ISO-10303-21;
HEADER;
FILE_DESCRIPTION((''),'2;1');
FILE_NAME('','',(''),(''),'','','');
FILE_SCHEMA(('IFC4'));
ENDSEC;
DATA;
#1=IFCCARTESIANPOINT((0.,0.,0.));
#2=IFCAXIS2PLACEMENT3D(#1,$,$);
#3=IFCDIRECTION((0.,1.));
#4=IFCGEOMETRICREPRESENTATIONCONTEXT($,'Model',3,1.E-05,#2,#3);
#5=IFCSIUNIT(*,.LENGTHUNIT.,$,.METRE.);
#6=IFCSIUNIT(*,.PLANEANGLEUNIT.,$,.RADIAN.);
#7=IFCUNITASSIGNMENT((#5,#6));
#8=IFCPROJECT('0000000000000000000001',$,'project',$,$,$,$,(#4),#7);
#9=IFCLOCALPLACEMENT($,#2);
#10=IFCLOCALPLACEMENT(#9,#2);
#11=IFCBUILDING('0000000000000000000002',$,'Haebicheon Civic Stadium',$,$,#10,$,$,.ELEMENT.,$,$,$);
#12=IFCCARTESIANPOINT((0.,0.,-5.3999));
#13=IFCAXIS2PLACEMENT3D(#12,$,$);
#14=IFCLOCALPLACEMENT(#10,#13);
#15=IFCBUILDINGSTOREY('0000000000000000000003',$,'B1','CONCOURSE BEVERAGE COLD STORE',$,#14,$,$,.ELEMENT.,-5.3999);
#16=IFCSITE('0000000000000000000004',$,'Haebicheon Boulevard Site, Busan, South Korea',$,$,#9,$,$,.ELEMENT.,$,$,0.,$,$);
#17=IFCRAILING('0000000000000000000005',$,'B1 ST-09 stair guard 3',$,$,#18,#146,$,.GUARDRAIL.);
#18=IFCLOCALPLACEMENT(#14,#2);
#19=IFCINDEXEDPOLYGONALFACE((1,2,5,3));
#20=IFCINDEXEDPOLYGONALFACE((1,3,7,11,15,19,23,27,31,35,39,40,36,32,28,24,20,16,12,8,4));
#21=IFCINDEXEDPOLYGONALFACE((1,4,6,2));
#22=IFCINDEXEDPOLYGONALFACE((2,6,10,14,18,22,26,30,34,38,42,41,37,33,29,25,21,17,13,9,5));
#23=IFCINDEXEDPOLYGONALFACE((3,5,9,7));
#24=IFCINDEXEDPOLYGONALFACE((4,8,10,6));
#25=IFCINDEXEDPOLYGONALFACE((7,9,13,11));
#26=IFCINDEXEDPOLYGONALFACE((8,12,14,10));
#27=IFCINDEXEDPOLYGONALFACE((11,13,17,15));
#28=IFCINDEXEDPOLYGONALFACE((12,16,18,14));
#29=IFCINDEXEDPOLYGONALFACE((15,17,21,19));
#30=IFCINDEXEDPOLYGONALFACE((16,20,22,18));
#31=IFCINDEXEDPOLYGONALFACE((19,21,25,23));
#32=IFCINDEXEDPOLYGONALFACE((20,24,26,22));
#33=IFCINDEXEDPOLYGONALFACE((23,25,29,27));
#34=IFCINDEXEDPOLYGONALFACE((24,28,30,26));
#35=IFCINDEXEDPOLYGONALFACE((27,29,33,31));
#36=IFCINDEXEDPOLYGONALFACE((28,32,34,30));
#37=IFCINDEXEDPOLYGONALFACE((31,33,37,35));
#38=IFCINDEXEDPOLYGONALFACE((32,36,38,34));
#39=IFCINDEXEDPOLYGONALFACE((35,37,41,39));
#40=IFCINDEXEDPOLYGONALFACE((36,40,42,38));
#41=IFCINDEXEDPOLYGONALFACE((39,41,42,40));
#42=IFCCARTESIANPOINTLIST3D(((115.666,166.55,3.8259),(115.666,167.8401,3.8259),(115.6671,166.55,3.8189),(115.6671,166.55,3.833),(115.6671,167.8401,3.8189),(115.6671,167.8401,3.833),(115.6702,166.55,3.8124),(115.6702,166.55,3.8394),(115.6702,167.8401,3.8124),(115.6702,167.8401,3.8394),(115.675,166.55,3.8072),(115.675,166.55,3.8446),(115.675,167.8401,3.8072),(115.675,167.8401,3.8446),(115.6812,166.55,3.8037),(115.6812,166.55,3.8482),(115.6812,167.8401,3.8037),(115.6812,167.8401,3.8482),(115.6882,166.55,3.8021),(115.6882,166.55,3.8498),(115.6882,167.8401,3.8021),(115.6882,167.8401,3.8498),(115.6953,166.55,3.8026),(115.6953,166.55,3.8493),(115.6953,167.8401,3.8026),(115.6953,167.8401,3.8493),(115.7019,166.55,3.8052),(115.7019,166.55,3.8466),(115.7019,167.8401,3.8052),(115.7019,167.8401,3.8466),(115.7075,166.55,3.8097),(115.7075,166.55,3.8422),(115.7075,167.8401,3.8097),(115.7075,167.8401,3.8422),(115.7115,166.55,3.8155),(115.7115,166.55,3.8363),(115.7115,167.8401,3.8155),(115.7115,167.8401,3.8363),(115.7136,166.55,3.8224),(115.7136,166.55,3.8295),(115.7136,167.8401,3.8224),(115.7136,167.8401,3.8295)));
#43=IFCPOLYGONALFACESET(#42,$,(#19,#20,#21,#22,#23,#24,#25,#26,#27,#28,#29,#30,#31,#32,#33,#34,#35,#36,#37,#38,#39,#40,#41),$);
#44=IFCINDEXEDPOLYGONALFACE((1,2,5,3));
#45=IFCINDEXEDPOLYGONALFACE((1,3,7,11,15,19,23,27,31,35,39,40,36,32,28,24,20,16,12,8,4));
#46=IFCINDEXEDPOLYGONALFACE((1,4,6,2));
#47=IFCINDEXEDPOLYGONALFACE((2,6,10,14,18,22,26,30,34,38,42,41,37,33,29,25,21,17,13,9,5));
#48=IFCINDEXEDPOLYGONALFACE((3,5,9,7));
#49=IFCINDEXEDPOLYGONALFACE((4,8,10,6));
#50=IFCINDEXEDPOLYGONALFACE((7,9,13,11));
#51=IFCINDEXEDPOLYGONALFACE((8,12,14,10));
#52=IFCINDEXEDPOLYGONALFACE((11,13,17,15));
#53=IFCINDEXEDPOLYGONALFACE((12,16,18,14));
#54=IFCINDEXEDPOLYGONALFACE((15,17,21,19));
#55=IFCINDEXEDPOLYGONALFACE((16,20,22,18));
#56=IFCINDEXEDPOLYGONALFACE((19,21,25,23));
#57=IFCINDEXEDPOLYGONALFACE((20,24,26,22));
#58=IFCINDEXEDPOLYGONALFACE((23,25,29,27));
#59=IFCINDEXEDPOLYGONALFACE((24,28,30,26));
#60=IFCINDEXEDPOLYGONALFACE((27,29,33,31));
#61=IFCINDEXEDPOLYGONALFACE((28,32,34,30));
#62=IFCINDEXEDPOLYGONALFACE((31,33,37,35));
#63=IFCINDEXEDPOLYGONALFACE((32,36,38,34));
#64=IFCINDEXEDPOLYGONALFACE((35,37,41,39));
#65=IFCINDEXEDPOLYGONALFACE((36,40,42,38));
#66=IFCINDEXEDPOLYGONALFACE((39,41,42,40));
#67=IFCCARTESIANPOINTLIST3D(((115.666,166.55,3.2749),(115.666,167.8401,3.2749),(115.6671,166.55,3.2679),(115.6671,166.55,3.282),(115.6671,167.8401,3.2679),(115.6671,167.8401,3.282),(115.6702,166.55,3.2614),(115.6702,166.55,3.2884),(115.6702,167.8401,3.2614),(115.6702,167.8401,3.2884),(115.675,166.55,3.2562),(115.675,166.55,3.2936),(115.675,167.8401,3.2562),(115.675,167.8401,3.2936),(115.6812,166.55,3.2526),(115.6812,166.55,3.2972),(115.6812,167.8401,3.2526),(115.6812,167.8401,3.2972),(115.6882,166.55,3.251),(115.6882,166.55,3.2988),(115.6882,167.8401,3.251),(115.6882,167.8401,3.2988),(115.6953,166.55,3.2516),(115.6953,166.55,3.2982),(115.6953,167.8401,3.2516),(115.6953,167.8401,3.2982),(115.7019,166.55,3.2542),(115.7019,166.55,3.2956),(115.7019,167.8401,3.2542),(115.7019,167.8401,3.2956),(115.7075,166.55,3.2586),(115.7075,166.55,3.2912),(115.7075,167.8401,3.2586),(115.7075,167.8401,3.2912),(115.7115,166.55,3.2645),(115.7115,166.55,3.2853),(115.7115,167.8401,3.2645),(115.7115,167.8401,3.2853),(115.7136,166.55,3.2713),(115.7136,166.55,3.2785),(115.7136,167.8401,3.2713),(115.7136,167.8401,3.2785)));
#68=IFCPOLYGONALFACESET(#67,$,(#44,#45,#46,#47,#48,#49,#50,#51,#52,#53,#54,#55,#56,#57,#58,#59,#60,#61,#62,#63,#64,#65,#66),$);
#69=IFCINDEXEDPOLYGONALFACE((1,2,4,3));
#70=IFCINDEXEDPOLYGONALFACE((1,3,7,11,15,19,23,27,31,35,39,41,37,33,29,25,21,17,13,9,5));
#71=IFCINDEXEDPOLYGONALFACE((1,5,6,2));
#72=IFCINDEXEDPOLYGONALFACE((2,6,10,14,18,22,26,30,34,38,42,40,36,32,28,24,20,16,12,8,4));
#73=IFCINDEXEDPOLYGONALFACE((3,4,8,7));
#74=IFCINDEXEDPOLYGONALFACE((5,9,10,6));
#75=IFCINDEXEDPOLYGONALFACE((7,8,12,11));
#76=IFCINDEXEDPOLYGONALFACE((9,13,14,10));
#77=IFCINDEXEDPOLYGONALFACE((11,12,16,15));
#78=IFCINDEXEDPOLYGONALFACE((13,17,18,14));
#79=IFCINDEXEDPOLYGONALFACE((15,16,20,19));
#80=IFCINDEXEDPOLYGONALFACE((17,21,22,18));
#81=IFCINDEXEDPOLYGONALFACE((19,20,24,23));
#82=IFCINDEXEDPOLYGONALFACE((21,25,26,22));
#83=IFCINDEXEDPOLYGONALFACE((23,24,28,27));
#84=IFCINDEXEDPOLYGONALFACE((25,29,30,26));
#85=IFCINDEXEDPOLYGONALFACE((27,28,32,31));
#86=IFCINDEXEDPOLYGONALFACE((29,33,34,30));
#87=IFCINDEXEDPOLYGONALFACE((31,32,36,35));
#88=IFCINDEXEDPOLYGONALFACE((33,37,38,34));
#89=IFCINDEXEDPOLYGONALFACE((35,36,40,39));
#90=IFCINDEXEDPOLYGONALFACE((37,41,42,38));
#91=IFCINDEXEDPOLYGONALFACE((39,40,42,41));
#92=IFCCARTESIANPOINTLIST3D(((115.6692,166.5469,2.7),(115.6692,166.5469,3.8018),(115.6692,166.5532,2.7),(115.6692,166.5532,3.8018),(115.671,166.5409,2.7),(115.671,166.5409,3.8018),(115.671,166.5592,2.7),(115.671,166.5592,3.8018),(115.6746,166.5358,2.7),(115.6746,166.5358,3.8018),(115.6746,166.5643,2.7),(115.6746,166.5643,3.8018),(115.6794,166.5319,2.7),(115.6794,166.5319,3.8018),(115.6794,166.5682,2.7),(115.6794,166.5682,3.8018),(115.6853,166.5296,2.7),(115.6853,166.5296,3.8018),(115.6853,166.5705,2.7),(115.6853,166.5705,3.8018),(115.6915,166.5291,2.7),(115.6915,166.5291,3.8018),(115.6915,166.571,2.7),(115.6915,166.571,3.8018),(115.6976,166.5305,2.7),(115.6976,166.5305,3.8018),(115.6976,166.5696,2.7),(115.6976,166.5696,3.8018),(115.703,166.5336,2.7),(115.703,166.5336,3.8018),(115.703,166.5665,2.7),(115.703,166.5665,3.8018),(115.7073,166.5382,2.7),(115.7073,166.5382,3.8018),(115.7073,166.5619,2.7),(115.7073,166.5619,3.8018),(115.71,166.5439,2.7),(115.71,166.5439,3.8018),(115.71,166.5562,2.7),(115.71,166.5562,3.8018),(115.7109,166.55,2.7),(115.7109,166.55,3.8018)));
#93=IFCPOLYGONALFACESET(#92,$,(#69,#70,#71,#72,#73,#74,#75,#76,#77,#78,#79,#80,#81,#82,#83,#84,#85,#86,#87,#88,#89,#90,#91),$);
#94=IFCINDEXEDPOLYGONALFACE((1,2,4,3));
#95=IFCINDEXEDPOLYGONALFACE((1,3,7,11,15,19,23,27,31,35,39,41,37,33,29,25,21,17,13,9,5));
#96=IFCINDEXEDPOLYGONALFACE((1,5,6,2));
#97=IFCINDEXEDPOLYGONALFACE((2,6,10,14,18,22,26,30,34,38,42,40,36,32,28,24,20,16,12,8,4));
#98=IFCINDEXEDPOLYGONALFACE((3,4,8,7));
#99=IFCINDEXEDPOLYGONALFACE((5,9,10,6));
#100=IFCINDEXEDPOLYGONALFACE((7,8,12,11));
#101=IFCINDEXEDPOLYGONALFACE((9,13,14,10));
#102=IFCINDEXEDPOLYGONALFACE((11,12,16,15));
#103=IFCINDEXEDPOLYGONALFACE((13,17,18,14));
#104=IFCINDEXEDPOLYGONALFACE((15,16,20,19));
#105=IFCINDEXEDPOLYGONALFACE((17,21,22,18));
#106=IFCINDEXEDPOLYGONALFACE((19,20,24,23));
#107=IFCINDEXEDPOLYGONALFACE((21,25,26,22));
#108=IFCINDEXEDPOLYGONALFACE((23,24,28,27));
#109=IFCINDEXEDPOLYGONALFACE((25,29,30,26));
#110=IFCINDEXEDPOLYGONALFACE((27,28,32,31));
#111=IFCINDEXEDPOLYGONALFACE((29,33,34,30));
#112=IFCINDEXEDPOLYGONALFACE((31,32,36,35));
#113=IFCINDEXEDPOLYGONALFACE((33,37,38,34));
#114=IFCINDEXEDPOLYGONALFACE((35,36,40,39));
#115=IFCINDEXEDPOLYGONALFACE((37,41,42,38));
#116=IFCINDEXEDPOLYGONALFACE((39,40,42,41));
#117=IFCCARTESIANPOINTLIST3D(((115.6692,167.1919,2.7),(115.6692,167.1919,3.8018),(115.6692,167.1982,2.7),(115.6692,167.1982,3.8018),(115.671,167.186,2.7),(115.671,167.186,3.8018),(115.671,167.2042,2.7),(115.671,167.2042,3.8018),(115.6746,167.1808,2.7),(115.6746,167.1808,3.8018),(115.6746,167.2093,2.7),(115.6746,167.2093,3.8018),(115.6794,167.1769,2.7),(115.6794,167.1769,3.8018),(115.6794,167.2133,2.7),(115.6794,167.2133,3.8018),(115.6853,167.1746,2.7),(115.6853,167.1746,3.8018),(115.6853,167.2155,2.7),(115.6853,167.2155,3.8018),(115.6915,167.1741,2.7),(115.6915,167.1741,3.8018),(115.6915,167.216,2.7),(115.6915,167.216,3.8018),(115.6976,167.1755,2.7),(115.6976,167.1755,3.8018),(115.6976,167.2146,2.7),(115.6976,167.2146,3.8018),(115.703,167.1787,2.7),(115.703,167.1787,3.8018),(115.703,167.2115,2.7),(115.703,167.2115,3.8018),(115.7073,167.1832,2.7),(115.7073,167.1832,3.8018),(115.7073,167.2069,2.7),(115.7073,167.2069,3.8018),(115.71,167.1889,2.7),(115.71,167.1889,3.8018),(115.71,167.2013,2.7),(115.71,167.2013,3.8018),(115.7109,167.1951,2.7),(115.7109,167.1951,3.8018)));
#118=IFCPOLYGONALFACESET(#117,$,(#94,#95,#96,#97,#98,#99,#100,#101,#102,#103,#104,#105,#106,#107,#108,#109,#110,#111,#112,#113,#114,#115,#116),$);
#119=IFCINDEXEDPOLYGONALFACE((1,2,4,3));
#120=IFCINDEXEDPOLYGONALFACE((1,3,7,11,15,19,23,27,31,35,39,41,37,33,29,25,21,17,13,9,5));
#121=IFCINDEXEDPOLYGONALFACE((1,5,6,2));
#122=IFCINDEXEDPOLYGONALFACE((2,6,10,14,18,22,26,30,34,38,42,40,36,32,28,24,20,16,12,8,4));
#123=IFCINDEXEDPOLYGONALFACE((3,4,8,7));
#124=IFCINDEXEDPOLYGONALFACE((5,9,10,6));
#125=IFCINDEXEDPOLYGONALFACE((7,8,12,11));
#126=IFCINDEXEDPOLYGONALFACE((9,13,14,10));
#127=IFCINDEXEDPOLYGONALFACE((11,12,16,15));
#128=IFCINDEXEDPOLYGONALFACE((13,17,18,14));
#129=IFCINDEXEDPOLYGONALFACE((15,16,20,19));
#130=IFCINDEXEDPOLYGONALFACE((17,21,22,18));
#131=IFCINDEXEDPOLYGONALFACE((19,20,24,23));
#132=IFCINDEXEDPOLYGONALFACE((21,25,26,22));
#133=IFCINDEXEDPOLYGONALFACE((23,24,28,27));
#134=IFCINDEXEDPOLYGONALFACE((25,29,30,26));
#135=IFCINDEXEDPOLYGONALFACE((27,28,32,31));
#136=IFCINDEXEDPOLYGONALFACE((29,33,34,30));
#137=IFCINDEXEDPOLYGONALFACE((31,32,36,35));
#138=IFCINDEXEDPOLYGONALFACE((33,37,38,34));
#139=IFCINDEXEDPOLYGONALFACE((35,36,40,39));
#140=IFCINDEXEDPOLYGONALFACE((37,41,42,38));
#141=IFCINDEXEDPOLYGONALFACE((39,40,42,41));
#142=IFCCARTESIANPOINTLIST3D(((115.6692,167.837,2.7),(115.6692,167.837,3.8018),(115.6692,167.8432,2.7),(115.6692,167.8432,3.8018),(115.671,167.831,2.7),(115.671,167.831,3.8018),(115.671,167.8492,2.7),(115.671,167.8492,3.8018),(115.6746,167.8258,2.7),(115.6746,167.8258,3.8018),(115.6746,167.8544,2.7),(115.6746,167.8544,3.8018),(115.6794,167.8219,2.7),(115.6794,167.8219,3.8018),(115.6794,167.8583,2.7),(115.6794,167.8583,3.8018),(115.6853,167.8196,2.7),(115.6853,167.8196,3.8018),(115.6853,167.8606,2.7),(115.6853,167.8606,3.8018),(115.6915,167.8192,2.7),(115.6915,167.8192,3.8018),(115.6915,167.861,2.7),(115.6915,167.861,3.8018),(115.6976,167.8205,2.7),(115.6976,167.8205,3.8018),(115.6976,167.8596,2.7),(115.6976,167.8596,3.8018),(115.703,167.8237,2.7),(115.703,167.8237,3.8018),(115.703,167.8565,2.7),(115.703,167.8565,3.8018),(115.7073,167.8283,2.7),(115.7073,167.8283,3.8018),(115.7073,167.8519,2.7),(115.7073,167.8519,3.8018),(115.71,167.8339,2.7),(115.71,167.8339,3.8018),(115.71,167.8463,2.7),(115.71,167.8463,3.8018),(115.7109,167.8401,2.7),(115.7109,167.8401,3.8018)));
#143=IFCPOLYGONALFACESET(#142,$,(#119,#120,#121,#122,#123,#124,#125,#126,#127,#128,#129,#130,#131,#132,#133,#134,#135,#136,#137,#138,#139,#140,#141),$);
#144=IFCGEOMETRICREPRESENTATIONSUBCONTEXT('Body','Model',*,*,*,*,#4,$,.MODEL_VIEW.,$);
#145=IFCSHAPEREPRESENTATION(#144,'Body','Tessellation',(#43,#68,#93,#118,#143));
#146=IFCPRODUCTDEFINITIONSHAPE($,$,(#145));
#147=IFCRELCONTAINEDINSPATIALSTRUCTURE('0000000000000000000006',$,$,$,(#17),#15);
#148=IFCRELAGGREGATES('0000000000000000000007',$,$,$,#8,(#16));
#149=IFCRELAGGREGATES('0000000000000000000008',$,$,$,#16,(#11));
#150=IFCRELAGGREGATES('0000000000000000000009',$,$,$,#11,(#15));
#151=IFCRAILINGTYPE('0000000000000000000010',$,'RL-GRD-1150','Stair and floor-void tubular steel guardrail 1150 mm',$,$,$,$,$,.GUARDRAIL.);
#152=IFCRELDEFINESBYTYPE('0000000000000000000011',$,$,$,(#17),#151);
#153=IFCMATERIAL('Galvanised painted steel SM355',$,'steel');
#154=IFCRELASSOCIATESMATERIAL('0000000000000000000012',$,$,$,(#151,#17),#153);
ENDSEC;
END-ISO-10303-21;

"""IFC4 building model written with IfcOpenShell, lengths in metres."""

from ifc_helpers import new_model, si_unit, direction, frame, origin, origin_2d, place, context, subcontext, project, spatial, circle, extrude, material, type_object, element, save


model = new_model("IFC4")

# Units and contexts
model_context = context("Model", 3, precision=1e-05, world=origin(), true_north=direction((0.0, 1.0)))
body_context = subcontext(model_context, "Body", "Model", "MODEL_VIEW")
ifc_project = project(units=[si_unit("LENGTHUNIT", "METRE"), si_unit("PLANEANGLEUNIT", "RADIAN")], contexts=[model_context])

# Site, building, storey
site_placement = place(None, origin())
site = spatial("IfcSite", under=ifc_project, at=site_placement, Name="Haebicheon Boulevard Site, Busan, South Korea", CompositionType="ELEMENT", RefElevation=0.0)
building_placement = place(site_placement, origin())
building = spatial("IfcBuilding", under=site, at=building_placement, Name="Haebicheon Civic Stadium", CompositionType="ELEMENT")
storey_placement = place(building_placement, frame((0.0, 0.0, -5.3999)))
storey = spatial("IfcBuildingStorey", under=building, at=storey_placement, Name="B1", Description="CONCOURSE BEVERAGE COLD STORE", CompositionType="ELEMENT", Elevation=-5.3999)

# Railing
ifc_material_1 = material(Name="Galvanised painted steel SM355", Category="steel")
railing_type = type_object("IfcRailingType", Name="RL-GRD-1150", Description="Stair and floor-void tubular steel guardrail 1150 mm", PredefinedType="GUARDRAIL", material=ifc_material_1)
railing_1_placement = place(storey_placement, frame((115.6899, 166.55, 2.7)))
element("IfcRailing", 1, at=railing_1_placement, inside=storey, type_object=railing_type, material=ifc_material_1, Name="B1 ST-09 stair guard 3", PredefinedType="GUARDRAIL", context=body_context, shape_type="SweptSolid", body=[
    extrude(circle(Radius=0.0239, at=origin_2d()), frame((0.0, 0.0, 1.126), z_axis=(0.0, 1.0, 0.0), x_axis=(-1.0, 0.0, 0.0)), (0.0, 0.0, 1.0), 1.29),
    extrude(circle(Radius=0.0239, at=origin_2d()), frame((0.0, 0.0, 0.575), z_axis=(0.0, 1.0, 0.0), x_axis=(-1.0, 0.0, 0.0)), (0.0, 0.0, 1.0), 1.29),
    extrude(circle(Radius=0.021, at=origin_2d()), origin(), (0.0, 0.0, 1.0), 1.1018),
    extrude(circle(Radius=0.021, at=origin_2d()), frame((0.0, 0.645, 0.0)), (0.0, 0.0, 1.0), 1.1018),
    extrude(circle(Radius=0.021, at=origin_2d()), frame((0.0, 1.29, 0.0)), (0.0, 0.0, 1.0), 1.1018),
])

save(model, "model.ifc")
